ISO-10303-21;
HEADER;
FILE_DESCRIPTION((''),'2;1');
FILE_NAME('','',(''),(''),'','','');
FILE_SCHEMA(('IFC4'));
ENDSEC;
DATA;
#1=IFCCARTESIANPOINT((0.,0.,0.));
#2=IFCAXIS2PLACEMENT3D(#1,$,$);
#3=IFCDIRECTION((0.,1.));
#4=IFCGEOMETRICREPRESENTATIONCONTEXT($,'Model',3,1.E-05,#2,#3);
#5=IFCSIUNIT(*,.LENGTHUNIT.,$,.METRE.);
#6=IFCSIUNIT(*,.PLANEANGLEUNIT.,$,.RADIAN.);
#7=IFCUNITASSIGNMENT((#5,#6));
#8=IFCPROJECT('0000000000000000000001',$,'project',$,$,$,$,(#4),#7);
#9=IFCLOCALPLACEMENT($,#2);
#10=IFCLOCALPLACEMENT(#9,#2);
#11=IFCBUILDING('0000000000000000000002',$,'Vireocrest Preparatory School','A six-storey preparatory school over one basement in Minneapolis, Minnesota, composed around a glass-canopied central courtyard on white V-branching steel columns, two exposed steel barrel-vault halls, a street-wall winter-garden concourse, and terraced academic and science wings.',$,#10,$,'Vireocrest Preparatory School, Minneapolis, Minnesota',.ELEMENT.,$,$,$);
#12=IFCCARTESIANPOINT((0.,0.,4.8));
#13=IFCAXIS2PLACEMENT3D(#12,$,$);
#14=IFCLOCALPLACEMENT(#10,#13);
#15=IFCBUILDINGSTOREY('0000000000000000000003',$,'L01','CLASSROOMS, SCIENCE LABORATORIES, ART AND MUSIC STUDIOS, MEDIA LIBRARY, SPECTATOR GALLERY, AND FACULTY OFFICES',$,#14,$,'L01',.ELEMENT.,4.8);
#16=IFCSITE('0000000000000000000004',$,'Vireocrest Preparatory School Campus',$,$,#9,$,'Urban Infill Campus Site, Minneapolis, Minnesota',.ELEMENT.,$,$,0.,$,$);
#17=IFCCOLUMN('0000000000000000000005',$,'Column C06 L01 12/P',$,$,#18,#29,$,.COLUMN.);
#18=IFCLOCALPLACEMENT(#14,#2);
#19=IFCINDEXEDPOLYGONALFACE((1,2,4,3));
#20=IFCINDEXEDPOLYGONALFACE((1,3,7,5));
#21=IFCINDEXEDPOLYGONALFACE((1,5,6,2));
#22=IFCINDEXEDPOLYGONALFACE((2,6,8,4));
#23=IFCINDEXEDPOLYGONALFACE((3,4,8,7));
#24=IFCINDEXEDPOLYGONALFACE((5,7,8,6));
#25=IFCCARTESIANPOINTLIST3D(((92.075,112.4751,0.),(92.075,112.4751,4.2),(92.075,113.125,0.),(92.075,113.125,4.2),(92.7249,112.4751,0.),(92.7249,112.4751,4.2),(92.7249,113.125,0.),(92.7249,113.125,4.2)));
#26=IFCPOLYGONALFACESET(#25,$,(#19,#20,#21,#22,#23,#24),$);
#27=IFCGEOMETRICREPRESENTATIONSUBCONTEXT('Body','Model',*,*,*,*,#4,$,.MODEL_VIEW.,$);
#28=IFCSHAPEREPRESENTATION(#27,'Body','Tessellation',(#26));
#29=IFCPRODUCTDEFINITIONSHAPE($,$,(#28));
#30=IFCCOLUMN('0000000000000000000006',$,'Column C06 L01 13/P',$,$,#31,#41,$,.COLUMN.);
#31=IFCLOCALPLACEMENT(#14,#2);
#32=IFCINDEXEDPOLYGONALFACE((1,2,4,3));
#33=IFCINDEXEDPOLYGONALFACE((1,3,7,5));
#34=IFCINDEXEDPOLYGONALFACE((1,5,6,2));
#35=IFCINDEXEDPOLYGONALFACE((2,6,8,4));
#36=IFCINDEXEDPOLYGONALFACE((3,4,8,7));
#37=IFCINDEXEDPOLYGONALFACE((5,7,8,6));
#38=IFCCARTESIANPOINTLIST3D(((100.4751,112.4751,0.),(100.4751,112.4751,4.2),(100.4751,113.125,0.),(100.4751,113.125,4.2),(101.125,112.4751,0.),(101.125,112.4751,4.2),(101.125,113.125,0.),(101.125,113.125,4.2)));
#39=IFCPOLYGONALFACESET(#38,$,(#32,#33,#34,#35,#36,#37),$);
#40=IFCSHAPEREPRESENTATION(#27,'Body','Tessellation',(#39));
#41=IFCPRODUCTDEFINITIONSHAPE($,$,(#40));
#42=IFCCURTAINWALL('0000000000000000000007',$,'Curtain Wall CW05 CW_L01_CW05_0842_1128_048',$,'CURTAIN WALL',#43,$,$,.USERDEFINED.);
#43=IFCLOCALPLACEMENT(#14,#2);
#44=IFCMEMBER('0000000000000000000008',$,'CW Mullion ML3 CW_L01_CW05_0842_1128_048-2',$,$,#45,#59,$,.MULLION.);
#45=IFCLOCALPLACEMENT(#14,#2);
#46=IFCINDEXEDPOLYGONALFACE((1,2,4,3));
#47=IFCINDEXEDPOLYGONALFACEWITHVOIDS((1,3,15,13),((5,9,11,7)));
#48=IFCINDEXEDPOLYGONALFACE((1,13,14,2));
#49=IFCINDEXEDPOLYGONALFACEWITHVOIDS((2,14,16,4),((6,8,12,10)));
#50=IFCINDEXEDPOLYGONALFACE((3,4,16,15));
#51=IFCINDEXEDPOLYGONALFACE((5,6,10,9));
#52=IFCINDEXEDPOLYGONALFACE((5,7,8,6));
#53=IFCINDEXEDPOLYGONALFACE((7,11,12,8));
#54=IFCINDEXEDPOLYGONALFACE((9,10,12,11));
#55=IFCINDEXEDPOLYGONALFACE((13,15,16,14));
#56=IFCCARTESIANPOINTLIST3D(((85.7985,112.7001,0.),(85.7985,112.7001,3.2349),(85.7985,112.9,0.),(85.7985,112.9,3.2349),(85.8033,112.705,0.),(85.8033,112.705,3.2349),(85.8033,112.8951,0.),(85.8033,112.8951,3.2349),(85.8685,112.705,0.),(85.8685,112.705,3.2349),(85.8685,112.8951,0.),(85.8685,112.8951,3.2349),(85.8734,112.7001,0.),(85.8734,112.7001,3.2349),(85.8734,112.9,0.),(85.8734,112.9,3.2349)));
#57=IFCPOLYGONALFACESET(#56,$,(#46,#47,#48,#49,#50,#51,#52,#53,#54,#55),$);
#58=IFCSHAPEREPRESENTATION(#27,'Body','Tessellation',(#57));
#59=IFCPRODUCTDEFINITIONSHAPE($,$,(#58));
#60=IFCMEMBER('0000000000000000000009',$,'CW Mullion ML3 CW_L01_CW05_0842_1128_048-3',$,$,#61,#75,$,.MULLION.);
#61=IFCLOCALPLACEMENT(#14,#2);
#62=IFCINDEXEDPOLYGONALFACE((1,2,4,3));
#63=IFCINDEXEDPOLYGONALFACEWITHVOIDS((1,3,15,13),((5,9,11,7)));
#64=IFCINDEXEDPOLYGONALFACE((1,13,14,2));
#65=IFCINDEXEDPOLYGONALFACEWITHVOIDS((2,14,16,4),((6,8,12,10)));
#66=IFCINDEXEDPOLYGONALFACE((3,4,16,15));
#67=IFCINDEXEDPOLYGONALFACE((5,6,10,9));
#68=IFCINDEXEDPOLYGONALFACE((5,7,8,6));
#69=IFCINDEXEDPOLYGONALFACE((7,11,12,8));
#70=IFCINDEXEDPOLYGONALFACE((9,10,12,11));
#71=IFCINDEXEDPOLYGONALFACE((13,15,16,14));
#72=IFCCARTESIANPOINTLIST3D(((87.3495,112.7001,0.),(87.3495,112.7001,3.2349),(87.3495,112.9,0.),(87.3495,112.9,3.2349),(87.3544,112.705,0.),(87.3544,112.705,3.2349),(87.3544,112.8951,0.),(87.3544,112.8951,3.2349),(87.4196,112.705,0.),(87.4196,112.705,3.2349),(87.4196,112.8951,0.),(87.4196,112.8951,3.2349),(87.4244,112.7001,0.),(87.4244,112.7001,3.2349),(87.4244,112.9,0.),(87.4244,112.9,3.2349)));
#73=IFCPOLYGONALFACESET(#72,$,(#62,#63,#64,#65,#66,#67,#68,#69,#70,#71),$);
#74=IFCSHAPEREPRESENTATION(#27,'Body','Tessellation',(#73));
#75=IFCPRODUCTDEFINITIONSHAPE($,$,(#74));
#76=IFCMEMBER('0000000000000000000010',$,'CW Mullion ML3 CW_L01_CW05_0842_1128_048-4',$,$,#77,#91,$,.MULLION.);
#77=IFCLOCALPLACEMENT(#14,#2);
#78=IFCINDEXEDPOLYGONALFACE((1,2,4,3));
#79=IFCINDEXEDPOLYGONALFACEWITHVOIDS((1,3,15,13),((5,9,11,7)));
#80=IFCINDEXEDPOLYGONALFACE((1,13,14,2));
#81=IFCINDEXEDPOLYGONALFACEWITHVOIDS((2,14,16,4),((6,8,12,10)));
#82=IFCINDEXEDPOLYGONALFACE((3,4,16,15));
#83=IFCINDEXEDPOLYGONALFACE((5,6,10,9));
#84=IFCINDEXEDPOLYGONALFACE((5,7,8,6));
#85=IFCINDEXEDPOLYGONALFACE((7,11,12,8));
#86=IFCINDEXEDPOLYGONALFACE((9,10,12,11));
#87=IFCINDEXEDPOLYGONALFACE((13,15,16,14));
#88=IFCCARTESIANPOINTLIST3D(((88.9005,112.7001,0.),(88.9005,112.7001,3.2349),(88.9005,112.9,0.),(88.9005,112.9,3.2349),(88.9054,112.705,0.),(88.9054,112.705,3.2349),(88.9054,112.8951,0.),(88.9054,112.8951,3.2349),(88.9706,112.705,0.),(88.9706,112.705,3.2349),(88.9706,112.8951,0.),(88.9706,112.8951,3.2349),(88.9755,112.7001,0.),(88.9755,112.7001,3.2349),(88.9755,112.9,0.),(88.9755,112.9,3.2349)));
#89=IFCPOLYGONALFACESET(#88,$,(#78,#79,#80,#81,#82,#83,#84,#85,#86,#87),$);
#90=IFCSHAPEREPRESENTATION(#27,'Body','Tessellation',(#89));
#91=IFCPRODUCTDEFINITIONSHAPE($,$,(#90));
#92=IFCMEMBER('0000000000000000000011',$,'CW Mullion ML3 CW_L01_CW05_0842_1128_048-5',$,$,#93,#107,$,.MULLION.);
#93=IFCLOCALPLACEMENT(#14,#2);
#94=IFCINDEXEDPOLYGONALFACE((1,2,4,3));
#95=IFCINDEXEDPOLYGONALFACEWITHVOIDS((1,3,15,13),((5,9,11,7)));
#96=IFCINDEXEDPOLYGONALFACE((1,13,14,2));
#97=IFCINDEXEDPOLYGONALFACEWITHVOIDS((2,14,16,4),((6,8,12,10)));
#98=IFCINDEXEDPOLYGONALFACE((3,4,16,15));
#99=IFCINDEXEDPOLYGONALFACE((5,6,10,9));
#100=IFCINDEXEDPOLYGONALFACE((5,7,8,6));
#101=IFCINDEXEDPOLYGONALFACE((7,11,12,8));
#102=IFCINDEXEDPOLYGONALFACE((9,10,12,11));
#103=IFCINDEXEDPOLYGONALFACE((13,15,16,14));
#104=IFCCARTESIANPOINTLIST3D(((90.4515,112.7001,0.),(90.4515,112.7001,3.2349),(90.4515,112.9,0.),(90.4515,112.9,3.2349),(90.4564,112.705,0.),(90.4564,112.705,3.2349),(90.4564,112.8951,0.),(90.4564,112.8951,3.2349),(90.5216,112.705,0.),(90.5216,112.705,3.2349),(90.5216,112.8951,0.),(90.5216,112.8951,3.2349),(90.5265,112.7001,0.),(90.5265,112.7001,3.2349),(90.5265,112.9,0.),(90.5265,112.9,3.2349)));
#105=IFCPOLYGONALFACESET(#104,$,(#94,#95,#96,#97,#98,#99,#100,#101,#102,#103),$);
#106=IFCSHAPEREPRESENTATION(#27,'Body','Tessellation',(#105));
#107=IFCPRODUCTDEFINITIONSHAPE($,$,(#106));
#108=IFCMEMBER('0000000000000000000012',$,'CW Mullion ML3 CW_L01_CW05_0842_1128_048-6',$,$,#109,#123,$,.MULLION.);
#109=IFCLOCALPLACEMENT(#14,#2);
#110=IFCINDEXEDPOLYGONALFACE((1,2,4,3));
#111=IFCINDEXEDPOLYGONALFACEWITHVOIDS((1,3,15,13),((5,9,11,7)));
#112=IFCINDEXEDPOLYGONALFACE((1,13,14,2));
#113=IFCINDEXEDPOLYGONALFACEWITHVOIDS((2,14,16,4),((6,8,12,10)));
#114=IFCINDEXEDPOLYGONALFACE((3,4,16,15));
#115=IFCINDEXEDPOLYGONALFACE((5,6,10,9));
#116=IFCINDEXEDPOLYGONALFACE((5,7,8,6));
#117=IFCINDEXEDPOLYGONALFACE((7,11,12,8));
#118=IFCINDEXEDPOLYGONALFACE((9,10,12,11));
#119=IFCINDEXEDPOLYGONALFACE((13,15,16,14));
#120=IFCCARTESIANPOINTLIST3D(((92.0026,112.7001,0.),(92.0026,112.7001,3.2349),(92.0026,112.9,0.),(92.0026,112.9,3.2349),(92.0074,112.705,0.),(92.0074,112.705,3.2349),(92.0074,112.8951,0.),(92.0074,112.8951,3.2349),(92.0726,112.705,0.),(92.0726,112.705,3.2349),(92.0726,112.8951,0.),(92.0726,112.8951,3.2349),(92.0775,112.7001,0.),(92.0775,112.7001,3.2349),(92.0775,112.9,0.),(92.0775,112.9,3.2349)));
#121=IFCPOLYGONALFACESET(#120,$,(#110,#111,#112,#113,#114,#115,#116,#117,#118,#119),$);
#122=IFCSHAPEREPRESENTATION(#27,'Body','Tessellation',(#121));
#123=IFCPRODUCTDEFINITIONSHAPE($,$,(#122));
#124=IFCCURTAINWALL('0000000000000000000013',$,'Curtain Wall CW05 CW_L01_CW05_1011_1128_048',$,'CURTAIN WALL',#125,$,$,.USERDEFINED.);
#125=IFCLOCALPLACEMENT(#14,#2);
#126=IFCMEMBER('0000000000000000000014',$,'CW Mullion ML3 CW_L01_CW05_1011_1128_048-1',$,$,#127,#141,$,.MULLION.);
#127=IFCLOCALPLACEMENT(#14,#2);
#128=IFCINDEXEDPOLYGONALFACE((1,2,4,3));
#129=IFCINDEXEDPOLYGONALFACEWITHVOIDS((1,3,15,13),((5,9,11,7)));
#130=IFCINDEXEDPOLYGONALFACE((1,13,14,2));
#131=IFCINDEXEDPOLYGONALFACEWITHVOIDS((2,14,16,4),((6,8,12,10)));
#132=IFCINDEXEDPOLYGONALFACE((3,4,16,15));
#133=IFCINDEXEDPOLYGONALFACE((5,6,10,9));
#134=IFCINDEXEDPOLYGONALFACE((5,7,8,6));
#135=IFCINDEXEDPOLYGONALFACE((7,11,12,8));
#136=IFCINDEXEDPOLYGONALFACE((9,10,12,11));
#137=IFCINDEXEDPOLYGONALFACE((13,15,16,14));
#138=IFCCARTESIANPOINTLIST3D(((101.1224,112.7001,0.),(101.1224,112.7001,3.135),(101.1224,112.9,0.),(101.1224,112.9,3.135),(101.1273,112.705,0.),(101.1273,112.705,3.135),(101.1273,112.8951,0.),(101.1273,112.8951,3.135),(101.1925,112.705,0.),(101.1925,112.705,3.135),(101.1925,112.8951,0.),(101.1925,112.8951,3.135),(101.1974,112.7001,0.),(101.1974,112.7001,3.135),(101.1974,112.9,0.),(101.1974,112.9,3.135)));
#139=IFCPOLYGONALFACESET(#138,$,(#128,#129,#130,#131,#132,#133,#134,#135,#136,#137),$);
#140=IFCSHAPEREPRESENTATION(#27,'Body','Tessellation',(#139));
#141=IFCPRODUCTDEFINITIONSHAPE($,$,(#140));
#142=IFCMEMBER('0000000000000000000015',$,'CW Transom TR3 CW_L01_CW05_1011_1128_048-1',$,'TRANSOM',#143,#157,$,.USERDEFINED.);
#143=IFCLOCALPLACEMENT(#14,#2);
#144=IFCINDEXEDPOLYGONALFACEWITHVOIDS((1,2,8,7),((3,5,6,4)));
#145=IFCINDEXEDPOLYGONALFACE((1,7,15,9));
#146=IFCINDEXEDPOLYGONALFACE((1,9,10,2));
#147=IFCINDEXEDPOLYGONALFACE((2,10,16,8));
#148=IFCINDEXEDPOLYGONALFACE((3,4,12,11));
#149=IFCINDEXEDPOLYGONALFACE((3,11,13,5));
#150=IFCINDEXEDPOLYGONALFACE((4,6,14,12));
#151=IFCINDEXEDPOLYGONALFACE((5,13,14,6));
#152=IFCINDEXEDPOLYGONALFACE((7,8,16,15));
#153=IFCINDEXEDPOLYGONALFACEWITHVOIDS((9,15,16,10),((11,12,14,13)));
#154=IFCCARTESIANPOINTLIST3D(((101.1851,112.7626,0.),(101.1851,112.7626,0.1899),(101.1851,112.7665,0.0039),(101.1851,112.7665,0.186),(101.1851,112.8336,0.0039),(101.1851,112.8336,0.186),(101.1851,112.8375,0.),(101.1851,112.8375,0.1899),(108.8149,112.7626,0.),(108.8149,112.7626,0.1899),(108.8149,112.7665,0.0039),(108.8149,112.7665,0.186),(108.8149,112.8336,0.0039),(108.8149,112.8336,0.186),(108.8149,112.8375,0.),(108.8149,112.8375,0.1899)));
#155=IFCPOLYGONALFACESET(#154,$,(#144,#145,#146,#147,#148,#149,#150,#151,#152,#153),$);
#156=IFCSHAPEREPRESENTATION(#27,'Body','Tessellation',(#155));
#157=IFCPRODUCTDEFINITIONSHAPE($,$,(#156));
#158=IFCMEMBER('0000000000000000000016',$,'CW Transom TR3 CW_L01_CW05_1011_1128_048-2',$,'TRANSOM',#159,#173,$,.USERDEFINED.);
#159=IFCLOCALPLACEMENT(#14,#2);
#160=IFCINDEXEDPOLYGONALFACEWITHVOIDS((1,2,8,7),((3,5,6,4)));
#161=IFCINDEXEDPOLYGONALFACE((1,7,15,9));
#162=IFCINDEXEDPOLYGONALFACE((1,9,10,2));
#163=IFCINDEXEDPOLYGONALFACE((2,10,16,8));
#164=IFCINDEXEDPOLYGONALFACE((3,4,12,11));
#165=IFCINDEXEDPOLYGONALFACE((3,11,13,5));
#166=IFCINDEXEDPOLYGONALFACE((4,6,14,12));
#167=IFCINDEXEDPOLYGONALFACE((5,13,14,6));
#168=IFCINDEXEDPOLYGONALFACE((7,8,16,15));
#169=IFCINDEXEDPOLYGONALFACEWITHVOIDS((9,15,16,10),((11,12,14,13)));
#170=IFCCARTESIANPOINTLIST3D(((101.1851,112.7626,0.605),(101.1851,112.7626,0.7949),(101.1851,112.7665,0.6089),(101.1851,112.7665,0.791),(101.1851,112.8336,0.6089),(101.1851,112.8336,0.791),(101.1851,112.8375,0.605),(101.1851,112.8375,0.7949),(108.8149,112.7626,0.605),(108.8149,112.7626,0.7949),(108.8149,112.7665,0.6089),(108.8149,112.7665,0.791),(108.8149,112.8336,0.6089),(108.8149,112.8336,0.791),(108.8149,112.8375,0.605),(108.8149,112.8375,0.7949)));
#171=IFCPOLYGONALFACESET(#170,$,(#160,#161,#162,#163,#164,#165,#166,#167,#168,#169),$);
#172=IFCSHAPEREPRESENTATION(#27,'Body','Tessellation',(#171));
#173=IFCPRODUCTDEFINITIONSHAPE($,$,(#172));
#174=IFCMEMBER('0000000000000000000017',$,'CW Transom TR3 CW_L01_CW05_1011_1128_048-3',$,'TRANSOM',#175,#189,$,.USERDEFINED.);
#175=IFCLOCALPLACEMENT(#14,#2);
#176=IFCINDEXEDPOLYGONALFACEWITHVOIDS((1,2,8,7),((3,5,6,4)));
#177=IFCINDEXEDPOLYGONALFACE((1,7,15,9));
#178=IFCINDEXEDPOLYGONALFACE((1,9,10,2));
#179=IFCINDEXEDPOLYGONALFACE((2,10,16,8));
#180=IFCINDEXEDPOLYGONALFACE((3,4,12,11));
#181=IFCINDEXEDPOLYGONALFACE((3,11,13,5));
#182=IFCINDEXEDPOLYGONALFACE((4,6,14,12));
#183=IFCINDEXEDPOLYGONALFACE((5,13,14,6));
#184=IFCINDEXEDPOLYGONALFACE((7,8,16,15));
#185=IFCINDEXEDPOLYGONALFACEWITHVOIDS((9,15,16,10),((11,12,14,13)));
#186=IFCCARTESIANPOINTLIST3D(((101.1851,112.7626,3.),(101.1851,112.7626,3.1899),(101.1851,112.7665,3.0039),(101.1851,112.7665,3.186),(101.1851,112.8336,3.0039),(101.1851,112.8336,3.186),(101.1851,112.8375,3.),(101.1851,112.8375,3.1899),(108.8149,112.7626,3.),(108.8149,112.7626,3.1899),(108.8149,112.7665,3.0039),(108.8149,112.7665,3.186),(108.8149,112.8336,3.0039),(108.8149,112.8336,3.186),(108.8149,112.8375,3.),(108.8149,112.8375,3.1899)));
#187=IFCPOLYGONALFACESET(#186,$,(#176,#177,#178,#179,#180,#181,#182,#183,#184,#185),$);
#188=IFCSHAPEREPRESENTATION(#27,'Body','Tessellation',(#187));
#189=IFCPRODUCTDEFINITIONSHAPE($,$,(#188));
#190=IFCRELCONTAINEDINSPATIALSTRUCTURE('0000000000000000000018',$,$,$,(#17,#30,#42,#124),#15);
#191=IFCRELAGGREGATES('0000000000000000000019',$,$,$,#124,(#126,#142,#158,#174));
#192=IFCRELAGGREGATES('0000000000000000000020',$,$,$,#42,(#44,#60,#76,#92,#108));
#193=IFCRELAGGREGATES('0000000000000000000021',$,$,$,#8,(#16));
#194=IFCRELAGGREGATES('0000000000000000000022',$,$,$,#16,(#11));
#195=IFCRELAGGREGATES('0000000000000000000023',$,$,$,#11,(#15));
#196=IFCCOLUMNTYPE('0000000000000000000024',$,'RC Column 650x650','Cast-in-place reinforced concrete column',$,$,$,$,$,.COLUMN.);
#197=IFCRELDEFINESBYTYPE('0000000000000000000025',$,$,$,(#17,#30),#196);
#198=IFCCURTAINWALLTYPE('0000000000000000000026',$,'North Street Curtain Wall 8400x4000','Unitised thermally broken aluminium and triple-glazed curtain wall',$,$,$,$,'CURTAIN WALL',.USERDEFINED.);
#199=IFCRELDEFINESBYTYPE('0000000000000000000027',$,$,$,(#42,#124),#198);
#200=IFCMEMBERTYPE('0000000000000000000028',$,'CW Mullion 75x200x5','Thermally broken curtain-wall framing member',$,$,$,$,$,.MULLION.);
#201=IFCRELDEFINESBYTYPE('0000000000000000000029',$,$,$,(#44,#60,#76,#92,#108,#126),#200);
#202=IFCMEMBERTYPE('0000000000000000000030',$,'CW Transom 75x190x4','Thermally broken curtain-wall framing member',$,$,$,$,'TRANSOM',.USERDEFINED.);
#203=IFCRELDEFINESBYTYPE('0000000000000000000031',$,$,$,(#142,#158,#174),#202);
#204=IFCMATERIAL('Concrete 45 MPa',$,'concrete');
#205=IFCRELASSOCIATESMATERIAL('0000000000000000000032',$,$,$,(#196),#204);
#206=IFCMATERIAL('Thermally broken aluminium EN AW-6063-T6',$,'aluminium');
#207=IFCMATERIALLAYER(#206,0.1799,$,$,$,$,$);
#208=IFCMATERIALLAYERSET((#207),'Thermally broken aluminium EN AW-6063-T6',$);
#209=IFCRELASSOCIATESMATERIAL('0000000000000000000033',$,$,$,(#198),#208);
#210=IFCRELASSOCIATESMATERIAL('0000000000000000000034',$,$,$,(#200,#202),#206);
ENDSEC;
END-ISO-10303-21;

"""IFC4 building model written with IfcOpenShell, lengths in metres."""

from ifc_helpers import new_model, si_unit, direction, frame, origin, origin_2d, place, context, subcontext, project, spatial, rectangle, hollow_rectangle, extrude, material, layer, layer_set, material_profile, profile_set, type_object, element, aggregate, save


model = new_model("IFC4")

# Units and contexts
model_context = context("Model", 3, precision=1e-05, world=origin(), true_north=direction((0.0, 1.0)))
body_context = subcontext(model_context, "Body", "Model", "MODEL_VIEW")
ifc_project = project(units=[si_unit("LENGTHUNIT", "METRE"), si_unit("PLANEANGLEUNIT", "RADIAN")], contexts=[model_context])

# Site, building, storey
site_placement = place(None, origin())
site = spatial("IfcSite", under=ifc_project, at=site_placement, Name="Vireocrest Preparatory School Campus", LongName="Urban Infill Campus Site, Minneapolis, Minnesota", CompositionType="ELEMENT", RefElevation=0.0)
building_placement = place(site_placement, origin())
building = spatial("IfcBuilding", under=site, at=building_placement, Name="Vireocrest Preparatory School", Description="A six-storey preparatory school over one basement in Minneapolis, Minnesota, composed around a glass-canopied central courtyard on white V-branching steel columns, two exposed steel barrel-vault halls, a street-wall winter-garden concourse, and terraced academic and science wings.", LongName="Vireocrest Preparatory School, Minneapolis, Minnesota", CompositionType="ELEMENT")
storey_placement = place(building_placement, frame((0.0, 0.0, 4.8)))
storey = spatial("IfcBuildingStorey", under=building, at=storey_placement, Name="L01", Description="CLASSROOMS, SCIENCE LABORATORIES, ART AND MUSIC STUDIOS, MEDIA LIBRARY, SPECTATOR GALLERY, AND FACULTY OFFICES", LongName="L01", CompositionType="ELEMENT", Elevation=4.8)

# Columns
ifc_material_1 = material(Name="Concrete 45 MPa", Category="concrete")
ifc_material_profile_1 = material_profile(ifc_material_1, rectangle(XDim=0.6499, YDim=0.6499, at=origin_2d()), Name="RC 650x650")
ifc_profile_set_1 = profile_set([ifc_material_profile_1], Name="Concrete 45 MPa")
column_type = type_object("IfcColumnType", Name="RC Column 650x650", Description="Cast-in-place reinforced concrete column", PredefinedType="COLUMN", material=ifc_profile_set_1)
for number, where, z_axis, x_axis, name in (
    (1, (92.3999, 112.8, 0.0), (0.0, 0.0, 1.0), (1.0, 0.0, 0.0), "Column C06 L01 12/P"),
    (2, (100.8, 112.8, 0.0), (0.0, 0.0, 1.0), (1.0, 0.0, 0.0), "Column C06 L01 13/P"),
):
    element("IfcColumn", number, at=place(storey_placement, frame(where, z_axis=z_axis, x_axis=x_axis)), inside=storey, type_object=column_type, Name=name, PredefinedType="COLUMN", context=body_context, shape_type="SweptSolid", body=[
        extrude(rectangle(XDim=0.6499, YDim=0.6499, at=origin_2d()), origin(), (0.0, 0.0, 1.0), 4.2),
    ])

# Curtain walls, members
ifc_material_2 = material(Name="Thermally broken aluminium EN AW-6063-T6", Category="aluminium")
ifc_layer_1 = layer(ifc_material_2, 0.1799)
ifc_layer_set_1 = layer_set([ifc_layer_1], Name="Thermally broken aluminium EN AW-6063-T6")
curtain_wall_type = type_object("IfcCurtainWallType", Name="North Street Curtain Wall 8400x4000", Description="Unitised thermally broken aluminium and triple-glazed curtain wall", ElementType="CURTAIN WALL", PredefinedType="USERDEFINED", material=ifc_layer_set_1)
curtain_wall_1_placement = place(storey_placement, origin())
curtain_wall_1 = element("IfcCurtainWall", 3, at=curtain_wall_1_placement, inside=storey, type_object=curtain_wall_type, Name="Curtain Wall CW05 CW_L01_CW05_0842_1128_048", ObjectType="CURTAIN WALL", PredefinedType="USERDEFINED")
ifc_material_profile_2 = material_profile(ifc_material_2, hollow_rectangle(XDim=0.075, YDim=0.2, WallThickness=0.0049, at=origin_2d()), Name="ALU 75x200x5")
ifc_profile_set_2 = profile_set([ifc_material_profile_2], Name="Thermally broken aluminium EN AW-6063-T6")
member_type_1 = type_object("IfcMemberType", Name="CW Mullion 75x200x5", Description="Thermally broken curtain-wall framing member", PredefinedType="MULLION", material=ifc_profile_set_2)
member_1_placement = place(storey_placement, frame((85.8359, 112.8, 0.0), z_axis=(0.0, 0.0, 1.0), x_axis=(1.0, 0.0, 0.0)))
member_1 = element("IfcMember", 4, at=member_1_placement, type_object=member_type_1, Name="CW Mullion ML3 CW_L01_CW05_0842_1128_048-2", PredefinedType="MULLION", context=body_context, shape_type="SweptSolid", body=[
    extrude(hollow_rectangle(XDim=0.075, YDim=0.2, WallThickness=0.0049, at=origin_2d()), origin(), (0.0, 0.0, 1.0), 3.2349),
])
member_2_placement = place(storey_placement, frame((87.387, 112.8, 0.0), z_axis=(0.0, 0.0, 1.0), x_axis=(1.0, 0.0, 0.0)))
member_2 = element("IfcMember", 5, at=member_2_placement, type_object=member_type_1, Name="CW Mullion ML3 CW_L01_CW05_0842_1128_048-3", PredefinedType="MULLION", context=body_context, shape_type="SweptSolid", body=[
    extrude(hollow_rectangle(XDim=0.075, YDim=0.2, WallThickness=0.0049, at=origin_2d()), origin(), (0.0, 0.0, 1.0), 3.2349),
])
member_3_placement = place(storey_placement, frame((88.938, 112.8, 0.0), z_axis=(0.0, 0.0, 1.0), x_axis=(1.0, 0.0, 0.0)))
member_3 = element("IfcMember", 6, at=member_3_placement, type_object=member_type_1, Name="CW Mullion ML3 CW_L01_CW05_0842_1128_048-4", PredefinedType="MULLION", context=body_context, shape_type="SweptSolid", body=[
    extrude(hollow_rectangle(XDim=0.075, YDim=0.2, WallThickness=0.0049, at=origin_2d()), origin(), (0.0, 0.0, 1.0), 3.2349),
])
member_4_placement = place(storey_placement, frame((90.489, 112.8, 0.0), z_axis=(0.0, 0.0, 1.0), x_axis=(1.0, 0.0, 0.0)))
member_4 = element("IfcMember", 7, at=member_4_placement, type_object=member_type_1, Name="CW Mullion ML3 CW_L01_CW05_0842_1128_048-5", PredefinedType="MULLION", context=body_context, shape_type="SweptSolid", body=[
    extrude(hollow_rectangle(XDim=0.075, YDim=0.2, WallThickness=0.0049, at=origin_2d()), origin(), (0.0, 0.0, 1.0), 3.2349),
])
member_5_placement = place(storey_placement, frame((92.04, 112.8, 0.0), z_axis=(0.0, 0.0, 1.0), x_axis=(1.0, 0.0, 0.0)))
member_5 = element("IfcMember", 8, at=member_5_placement, type_object=member_type_1, Name="CW Mullion ML3 CW_L01_CW05_0842_1128_048-6", PredefinedType="MULLION", context=body_context, shape_type="SweptSolid", body=[
    extrude(hollow_rectangle(XDim=0.075, YDim=0.2, WallThickness=0.0049, at=origin_2d()), origin(), (0.0, 0.0, 1.0), 3.2349),
])
curtain_wall_2_placement = place(storey_placement, origin())
curtain_wall_2 = element("IfcCurtainWall", 9, at=curtain_wall_2_placement, inside=storey, type_object=curtain_wall_type, Name="Curtain Wall CW05 CW_L01_CW05_1011_1128_048", ObjectType="CURTAIN WALL", PredefinedType="USERDEFINED")
member_6_placement = place(storey_placement, frame((101.1599, 112.8, 0.0), z_axis=(0.0, 0.0, 1.0), x_axis=(1.0, 0.0, 0.0)))
member_6 = element("IfcMember", 10, at=member_6_placement, type_object=member_type_1, Name="CW Mullion ML3 CW_L01_CW05_1011_1128_048-1", PredefinedType="MULLION", context=body_context, shape_type="SweptSolid", body=[
    extrude(hollow_rectangle(XDim=0.075, YDim=0.2, WallThickness=0.0049, at=origin_2d()), origin(), (0.0, 0.0, 1.0), 3.135),
])
ifc_material_profile_3 = material_profile(ifc_material_2, hollow_rectangle(XDim=0.075, YDim=0.1899, WallThickness=0.0039, at=origin_2d()), Name="ALU 75x190x4")
ifc_profile_set_3 = profile_set([ifc_material_profile_3], Name="Thermally broken aluminium EN AW-6063-T6")
member_type_2 = type_object("IfcMemberType", Name="CW Transom 75x190x4", Description="Thermally broken curtain-wall framing member", ElementType="TRANSOM", PredefinedType="USERDEFINED", material=ifc_profile_set_3)
member_7_placement = place(storey_placement, frame((101.1851, 112.8, 0.095), z_axis=(1.0, 0.0, 0.0), x_axis=(0.0, 1.0, 0.0)))
member_7 = element("IfcMember", 11, at=member_7_placement, type_object=member_type_2, Name="CW Transom TR3 CW_L01_CW05_1011_1128_048-1", ObjectType="TRANSOM", PredefinedType="USERDEFINED", context=body_context, shape_type="SweptSolid", body=[
    extrude(hollow_rectangle(XDim=0.075, YDim=0.1899, WallThickness=0.0039, at=origin_2d()), origin(), (0.0, 0.0, 1.0), 7.6299),
])
member_8_placement = place(storey_placement, frame((101.1851, 112.8, 0.7), z_axis=(1.0, 0.0, 0.0), x_axis=(0.0, 1.0, 0.0)))
member_8 = element("IfcMember", 12, at=member_8_placement, type_object=member_type_2, Name="CW Transom TR3 CW_L01_CW05_1011_1128_048-2", ObjectType="TRANSOM", PredefinedType="USERDEFINED", context=body_context, shape_type="SweptSolid", body=[
    extrude(hollow_rectangle(XDim=0.075, YDim=0.1899, WallThickness=0.0039, at=origin_2d()), origin(), (0.0, 0.0, 1.0), 7.6299),
])
member_9_placement = place(storey_placement, frame((101.1851, 112.8, 3.095), z_axis=(1.0, 0.0, 0.0), x_axis=(0.0, 1.0, 0.0)))
member_9 = element("IfcMember", 13, at=member_9_placement, type_object=member_type_2, Name="CW Transom TR3 CW_L01_CW05_1011_1128_048-3", ObjectType="TRANSOM", PredefinedType="USERDEFINED", context=body_context, shape_type="SweptSolid", body=[
    extrude(hollow_rectangle(XDim=0.075, YDim=0.1899, WallThickness=0.0039, at=origin_2d()), origin(), (0.0, 0.0, 1.0), 7.6299),
])
aggregate(curtain_wall_2, [member_6, member_7, member_8, member_9])

aggregate(curtain_wall_1, [member_1, member_2, member_3, member_4, member_5])

save(model, "model.ifc")
